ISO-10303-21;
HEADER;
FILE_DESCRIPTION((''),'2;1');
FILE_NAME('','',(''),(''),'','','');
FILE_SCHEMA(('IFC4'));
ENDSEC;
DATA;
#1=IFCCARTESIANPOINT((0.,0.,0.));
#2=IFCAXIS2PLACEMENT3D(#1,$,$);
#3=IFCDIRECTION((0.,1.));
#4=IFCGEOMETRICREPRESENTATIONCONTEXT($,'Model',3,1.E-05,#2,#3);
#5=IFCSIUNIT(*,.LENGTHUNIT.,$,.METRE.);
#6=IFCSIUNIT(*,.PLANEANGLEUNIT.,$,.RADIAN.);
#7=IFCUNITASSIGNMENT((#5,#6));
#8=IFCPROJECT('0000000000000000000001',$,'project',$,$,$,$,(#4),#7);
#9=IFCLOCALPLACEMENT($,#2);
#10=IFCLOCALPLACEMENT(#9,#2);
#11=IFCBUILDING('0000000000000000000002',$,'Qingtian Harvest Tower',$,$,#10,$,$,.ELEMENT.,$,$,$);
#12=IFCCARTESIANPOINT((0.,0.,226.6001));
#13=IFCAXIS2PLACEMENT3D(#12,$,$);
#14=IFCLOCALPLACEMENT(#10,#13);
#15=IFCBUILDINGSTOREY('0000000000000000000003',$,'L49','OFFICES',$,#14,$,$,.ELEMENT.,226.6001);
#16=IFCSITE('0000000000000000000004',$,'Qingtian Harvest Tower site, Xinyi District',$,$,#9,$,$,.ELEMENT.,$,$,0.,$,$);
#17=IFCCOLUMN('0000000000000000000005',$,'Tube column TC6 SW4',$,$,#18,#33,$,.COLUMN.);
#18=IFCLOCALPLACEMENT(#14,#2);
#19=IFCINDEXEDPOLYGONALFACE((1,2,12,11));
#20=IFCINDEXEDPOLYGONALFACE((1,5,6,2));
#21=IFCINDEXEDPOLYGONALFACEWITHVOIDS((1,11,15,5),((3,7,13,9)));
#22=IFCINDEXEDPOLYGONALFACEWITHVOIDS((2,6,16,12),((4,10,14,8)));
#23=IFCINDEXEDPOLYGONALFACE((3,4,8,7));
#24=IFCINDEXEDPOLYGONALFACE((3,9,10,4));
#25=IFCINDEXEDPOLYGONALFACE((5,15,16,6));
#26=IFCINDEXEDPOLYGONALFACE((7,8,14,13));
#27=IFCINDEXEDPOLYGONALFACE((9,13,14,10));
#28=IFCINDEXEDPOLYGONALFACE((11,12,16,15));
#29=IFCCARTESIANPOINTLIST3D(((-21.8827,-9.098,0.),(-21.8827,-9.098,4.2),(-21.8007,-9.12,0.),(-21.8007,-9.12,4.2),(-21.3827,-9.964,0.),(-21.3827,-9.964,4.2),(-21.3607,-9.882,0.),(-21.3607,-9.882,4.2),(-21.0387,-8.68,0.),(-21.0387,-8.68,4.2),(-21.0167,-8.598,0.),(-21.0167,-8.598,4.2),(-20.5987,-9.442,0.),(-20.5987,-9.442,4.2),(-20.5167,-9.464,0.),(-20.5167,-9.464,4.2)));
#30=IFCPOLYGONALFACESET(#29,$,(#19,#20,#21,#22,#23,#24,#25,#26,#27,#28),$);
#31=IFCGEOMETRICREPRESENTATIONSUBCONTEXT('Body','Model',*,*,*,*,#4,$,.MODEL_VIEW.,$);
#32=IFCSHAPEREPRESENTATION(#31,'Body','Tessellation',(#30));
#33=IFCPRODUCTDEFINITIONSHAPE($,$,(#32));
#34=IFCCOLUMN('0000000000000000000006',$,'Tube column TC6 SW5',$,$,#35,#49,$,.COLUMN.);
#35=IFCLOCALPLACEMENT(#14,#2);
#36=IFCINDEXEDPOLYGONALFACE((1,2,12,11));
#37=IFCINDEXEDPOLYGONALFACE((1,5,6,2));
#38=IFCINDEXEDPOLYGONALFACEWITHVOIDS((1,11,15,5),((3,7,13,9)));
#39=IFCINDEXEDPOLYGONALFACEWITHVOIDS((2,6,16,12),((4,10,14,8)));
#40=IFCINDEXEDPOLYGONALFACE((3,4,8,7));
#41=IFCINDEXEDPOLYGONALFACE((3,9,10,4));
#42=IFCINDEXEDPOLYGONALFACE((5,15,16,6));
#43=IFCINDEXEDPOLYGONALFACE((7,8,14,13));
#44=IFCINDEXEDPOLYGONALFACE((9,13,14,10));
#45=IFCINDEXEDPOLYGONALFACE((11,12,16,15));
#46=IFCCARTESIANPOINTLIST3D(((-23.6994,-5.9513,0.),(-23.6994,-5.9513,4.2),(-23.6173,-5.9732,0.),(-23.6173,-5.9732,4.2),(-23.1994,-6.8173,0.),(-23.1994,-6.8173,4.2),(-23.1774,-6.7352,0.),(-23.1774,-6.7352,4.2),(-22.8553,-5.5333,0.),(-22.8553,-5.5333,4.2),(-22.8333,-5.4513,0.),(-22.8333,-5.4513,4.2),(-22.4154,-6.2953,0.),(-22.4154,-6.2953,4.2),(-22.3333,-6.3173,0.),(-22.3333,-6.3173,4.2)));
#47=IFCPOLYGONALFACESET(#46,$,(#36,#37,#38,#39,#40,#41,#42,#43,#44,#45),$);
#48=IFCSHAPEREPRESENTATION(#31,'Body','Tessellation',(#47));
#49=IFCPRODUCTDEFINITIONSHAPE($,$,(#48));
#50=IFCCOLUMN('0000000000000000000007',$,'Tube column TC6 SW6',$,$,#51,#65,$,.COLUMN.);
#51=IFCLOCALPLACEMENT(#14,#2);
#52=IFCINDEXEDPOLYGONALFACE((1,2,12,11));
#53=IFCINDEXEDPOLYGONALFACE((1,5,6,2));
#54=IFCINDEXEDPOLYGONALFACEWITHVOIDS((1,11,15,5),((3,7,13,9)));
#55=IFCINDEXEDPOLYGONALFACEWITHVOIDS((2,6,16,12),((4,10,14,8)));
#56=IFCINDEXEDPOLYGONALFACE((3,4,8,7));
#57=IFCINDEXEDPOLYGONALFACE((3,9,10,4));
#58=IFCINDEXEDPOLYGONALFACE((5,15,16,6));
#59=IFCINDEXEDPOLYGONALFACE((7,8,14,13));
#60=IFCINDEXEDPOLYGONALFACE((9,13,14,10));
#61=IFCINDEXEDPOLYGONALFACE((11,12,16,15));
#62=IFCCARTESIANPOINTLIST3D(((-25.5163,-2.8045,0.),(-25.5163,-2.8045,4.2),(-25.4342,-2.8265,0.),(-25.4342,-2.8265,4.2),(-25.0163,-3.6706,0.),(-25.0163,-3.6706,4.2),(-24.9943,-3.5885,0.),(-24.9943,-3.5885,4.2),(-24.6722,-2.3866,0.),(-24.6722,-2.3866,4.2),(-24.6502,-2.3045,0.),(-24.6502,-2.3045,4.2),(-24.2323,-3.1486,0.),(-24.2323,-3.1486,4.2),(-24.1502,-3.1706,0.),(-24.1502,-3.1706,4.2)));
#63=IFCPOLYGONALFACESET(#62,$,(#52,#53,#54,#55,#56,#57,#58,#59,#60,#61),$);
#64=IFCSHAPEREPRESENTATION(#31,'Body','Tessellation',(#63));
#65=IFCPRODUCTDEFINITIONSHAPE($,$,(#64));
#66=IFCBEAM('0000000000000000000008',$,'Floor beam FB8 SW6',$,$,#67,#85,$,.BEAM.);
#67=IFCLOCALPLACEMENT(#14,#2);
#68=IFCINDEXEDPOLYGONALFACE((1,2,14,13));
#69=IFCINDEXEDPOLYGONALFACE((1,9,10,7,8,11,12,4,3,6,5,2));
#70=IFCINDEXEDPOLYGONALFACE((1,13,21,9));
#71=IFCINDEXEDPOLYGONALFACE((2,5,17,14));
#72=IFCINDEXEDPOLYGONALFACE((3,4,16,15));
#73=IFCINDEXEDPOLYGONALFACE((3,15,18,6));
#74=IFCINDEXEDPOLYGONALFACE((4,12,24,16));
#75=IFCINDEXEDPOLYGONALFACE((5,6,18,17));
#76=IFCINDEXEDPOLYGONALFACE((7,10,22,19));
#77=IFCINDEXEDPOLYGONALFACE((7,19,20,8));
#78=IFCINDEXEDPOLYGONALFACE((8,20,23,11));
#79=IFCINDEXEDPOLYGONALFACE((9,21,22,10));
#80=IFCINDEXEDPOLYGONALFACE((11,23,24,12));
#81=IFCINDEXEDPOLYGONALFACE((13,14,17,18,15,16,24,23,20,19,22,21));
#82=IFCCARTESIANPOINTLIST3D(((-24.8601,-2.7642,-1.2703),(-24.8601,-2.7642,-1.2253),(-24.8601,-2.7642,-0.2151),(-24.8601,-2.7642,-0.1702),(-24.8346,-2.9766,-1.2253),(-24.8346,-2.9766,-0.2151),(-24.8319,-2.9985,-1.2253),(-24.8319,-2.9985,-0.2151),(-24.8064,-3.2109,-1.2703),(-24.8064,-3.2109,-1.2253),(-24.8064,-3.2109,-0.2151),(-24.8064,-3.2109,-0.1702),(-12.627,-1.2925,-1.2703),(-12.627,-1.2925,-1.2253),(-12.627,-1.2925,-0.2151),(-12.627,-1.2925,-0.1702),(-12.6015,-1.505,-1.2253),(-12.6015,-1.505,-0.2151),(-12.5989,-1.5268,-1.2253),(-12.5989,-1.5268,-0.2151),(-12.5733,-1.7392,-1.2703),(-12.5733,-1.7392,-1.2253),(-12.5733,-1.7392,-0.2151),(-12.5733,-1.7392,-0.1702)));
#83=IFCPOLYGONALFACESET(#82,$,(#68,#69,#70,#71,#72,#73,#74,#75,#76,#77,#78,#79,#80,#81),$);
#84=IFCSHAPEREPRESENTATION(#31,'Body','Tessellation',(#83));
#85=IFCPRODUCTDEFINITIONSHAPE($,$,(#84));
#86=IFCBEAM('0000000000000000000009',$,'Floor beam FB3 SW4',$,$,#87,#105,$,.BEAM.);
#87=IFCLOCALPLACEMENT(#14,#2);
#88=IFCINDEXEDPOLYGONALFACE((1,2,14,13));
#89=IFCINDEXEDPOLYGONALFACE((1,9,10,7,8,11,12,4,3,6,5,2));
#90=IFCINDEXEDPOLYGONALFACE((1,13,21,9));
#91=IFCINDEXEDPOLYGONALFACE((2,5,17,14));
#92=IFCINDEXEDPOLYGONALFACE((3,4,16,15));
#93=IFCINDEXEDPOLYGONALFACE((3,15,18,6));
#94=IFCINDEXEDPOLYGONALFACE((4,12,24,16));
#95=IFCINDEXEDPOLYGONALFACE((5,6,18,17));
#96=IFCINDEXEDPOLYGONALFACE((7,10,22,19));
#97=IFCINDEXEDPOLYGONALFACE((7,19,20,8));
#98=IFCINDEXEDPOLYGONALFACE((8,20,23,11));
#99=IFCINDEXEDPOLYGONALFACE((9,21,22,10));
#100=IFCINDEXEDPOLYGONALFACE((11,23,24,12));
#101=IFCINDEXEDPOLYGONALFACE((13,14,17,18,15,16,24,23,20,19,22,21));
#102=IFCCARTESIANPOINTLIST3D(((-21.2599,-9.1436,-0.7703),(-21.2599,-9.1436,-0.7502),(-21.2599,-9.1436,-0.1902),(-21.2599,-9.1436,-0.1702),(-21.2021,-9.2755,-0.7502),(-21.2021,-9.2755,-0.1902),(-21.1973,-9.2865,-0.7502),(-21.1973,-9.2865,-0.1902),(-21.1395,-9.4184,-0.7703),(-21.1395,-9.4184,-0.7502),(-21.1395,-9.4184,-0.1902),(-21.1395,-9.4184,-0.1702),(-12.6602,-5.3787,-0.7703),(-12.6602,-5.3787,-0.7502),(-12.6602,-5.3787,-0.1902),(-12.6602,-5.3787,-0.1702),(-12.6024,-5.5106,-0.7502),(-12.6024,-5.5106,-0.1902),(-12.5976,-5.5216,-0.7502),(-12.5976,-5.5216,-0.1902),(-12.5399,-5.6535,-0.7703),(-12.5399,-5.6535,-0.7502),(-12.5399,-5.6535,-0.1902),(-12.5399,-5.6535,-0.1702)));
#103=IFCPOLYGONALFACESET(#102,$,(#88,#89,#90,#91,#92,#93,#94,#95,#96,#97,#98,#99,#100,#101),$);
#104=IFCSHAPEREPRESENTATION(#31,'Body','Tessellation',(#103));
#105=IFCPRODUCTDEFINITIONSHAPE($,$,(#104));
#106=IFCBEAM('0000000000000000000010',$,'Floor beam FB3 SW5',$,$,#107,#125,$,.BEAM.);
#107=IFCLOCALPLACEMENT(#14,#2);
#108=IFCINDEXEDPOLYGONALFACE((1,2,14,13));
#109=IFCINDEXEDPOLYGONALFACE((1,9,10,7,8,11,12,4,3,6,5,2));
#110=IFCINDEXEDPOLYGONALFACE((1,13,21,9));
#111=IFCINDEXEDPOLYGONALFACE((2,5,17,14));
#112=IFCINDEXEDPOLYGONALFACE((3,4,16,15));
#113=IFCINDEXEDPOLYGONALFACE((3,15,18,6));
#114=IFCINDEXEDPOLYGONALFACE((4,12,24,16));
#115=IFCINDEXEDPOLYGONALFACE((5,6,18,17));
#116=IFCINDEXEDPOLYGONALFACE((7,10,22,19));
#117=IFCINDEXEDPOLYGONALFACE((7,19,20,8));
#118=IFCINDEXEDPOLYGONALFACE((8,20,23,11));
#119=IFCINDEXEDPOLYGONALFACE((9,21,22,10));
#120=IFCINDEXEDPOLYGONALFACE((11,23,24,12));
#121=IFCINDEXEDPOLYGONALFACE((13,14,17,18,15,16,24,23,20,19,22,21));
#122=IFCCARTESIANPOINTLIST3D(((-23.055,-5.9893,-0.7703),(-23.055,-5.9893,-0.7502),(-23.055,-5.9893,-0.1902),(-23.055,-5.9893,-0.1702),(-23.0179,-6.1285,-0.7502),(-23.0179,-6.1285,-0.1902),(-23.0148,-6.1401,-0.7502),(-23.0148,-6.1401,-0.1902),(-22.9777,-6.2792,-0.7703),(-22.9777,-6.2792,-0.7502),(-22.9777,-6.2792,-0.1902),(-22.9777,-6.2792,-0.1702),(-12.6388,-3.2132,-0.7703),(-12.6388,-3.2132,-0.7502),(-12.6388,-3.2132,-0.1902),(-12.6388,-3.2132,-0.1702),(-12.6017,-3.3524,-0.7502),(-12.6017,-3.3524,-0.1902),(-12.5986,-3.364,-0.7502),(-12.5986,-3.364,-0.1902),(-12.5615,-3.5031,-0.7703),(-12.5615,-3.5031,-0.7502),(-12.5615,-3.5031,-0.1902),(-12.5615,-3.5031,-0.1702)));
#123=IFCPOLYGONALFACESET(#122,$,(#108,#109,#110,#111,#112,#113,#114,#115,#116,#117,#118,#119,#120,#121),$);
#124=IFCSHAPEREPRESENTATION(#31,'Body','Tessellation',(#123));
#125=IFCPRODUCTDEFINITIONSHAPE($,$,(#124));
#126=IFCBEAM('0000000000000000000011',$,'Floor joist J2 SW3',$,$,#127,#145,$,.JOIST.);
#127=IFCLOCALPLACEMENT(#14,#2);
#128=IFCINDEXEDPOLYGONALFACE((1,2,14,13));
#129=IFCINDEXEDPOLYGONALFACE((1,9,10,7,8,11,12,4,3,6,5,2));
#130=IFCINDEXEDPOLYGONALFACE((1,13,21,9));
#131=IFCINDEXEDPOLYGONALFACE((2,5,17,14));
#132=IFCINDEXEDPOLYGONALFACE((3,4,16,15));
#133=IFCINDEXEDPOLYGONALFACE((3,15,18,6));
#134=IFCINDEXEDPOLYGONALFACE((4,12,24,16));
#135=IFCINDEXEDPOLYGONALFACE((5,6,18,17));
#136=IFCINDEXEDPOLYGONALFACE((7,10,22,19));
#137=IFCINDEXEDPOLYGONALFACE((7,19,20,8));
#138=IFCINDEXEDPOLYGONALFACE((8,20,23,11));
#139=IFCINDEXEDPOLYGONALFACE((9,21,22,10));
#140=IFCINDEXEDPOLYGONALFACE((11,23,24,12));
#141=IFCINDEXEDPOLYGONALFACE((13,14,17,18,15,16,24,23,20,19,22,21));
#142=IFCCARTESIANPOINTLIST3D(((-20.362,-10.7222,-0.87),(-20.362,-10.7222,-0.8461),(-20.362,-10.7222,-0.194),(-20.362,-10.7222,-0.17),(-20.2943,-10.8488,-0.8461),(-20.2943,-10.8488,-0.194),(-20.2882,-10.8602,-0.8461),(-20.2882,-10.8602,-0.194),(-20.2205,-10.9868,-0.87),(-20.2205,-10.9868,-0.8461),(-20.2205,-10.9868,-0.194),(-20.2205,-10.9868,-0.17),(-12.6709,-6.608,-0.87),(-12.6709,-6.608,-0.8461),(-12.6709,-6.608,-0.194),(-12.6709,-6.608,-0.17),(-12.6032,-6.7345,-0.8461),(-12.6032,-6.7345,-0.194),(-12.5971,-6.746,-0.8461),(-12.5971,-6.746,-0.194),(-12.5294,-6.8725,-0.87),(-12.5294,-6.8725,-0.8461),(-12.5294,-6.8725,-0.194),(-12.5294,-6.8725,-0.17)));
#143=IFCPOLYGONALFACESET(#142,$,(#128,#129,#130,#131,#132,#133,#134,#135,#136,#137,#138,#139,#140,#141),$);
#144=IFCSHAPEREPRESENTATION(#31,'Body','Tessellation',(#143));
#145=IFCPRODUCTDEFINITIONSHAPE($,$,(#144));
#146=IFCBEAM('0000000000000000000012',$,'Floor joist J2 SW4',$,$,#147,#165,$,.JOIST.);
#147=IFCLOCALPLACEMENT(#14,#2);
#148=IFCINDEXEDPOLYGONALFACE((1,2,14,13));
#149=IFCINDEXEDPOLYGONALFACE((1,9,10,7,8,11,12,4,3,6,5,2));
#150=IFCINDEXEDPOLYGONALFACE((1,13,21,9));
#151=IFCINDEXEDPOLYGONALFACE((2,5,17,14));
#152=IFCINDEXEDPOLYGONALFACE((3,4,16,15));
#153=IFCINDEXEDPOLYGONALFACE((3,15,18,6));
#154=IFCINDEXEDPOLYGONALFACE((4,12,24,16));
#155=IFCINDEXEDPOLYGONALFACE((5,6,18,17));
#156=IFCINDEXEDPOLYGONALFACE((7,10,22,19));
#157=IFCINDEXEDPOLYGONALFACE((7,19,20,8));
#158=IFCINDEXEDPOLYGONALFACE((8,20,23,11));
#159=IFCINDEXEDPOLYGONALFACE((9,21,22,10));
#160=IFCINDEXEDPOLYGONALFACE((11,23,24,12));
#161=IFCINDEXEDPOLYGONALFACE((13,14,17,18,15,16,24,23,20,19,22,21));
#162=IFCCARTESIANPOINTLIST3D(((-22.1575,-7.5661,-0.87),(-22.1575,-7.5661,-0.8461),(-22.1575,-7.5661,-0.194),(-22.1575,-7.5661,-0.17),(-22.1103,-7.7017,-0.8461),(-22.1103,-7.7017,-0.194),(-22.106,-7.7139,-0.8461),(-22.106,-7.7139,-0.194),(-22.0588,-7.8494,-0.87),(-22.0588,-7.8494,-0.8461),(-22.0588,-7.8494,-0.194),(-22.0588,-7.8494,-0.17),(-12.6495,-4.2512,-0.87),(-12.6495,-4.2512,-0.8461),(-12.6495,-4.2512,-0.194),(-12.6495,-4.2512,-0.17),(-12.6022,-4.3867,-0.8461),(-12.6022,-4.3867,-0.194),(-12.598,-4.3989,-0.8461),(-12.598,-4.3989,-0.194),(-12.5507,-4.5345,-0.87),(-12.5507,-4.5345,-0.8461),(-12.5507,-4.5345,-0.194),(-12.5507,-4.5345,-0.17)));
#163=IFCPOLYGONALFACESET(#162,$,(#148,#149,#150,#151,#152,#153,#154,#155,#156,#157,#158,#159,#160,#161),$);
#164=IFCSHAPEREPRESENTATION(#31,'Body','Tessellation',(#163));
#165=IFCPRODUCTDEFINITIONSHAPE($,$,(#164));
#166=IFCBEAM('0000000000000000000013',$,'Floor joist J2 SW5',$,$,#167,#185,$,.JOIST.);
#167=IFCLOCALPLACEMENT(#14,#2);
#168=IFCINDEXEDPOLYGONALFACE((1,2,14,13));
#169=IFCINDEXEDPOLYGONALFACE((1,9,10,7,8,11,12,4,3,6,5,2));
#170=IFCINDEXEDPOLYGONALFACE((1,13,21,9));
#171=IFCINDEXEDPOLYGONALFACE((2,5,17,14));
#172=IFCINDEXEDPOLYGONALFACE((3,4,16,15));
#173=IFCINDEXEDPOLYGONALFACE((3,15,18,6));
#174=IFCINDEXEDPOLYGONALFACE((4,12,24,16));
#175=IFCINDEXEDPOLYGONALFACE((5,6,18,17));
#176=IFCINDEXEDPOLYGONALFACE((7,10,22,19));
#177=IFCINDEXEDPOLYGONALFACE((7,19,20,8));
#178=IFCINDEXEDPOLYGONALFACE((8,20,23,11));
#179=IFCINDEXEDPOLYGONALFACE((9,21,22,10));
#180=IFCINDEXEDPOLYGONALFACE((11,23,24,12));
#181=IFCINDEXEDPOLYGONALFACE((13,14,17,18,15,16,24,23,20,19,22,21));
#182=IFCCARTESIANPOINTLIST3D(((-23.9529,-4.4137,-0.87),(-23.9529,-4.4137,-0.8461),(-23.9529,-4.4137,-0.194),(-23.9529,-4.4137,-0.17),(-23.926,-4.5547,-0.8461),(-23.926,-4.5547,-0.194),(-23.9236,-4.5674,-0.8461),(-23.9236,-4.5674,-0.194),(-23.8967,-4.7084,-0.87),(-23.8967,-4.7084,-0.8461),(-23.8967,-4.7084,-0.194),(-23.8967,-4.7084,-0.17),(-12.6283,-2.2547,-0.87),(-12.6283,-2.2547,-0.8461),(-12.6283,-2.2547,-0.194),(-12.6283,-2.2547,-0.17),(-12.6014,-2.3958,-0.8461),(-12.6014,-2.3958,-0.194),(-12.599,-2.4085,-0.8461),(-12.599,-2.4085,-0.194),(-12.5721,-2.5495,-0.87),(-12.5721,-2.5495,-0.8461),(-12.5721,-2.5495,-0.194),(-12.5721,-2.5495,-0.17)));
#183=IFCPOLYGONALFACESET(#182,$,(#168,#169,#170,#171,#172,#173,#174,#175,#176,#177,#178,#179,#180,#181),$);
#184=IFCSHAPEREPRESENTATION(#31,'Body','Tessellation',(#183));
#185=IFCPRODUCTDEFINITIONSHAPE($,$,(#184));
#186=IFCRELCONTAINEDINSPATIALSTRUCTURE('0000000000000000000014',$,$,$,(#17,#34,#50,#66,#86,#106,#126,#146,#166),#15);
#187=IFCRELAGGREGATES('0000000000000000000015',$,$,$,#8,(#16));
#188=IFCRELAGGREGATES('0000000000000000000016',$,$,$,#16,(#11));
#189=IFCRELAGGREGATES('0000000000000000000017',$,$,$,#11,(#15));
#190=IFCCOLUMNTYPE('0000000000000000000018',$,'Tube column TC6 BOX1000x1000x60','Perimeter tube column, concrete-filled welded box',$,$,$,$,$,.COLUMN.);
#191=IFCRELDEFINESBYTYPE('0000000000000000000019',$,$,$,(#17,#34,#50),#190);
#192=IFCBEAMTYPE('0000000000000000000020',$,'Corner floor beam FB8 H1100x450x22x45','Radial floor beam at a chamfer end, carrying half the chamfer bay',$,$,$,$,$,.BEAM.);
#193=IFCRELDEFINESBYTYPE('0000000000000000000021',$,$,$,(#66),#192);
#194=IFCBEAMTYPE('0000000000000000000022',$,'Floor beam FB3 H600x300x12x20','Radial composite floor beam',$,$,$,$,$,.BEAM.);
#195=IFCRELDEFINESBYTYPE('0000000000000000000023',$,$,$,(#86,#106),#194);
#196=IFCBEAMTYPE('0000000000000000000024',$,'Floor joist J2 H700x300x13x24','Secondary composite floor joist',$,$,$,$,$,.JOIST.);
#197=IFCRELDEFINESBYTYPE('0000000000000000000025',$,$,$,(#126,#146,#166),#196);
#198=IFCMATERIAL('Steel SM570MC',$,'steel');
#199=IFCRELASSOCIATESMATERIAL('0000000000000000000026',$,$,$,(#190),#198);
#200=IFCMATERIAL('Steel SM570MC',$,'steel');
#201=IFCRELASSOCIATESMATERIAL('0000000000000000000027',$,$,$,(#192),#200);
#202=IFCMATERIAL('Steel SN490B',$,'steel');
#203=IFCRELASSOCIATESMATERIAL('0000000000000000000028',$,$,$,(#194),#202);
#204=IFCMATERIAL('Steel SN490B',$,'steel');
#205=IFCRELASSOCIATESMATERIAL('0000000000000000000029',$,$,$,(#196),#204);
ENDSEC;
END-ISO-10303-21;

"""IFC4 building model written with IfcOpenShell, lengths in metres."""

from ifc_helpers import new_model, si_unit, direction, frame, origin, origin_2d, place, context, subcontext, project, spatial, hollow_rectangle, i_section, extrude, material, material_profile, profile_set, type_object, element, save


model = new_model("IFC4")

# Units and contexts
model_context = context("Model", 3, precision=1e-05, world=origin(), true_north=direction((0.0, 1.0)))
body_context = subcontext(model_context, "Body", "Model", "MODEL_VIEW")
ifc_project = project(units=[si_unit("LENGTHUNIT", "METRE"), si_unit("PLANEANGLEUNIT", "RADIAN")], contexts=[model_context])

# Site, building, storey
site_placement = place(None, origin())
site = spatial("IfcSite", under=ifc_project, at=site_placement, Name="Qingtian Harvest Tower site, Xinyi District", CompositionType="ELEMENT", RefElevation=0.0)
building_placement = place(site_placement, origin())
building = spatial("IfcBuilding", under=site, at=building_placement, Name="Qingtian Harvest Tower", CompositionType="ELEMENT")
storey_placement = place(building_placement, frame((0.0, 0.0, 226.6001)))
storey = spatial("IfcBuildingStorey", under=building, at=storey_placement, Name="L49", Description="OFFICES", CompositionType="ELEMENT", Elevation=226.6001)

# Columns
ifc_material_1 = material(Name="Steel SM570MC", Category="steel")
ifc_material_profile_1 = material_profile(ifc_material_1, hollow_rectangle(XDim=1.0, YDim=1.0, WallThickness=0.0601, at=origin_2d()), Name="BOX1000x1000x60")
ifc_profile_set_1 = profile_set([ifc_material_profile_1], Name="Steel SM570MC")
column_type = type_object("IfcColumnType", Name="Tube column TC6 BOX1000x1000x60", Description="Perimeter tube column, concrete-filled welded box", PredefinedType="COLUMN", material=ifc_profile_set_1)
for number, where, z_axis, x_axis, name in (
    (1, (-21.1997, -9.281, 0.0), (0.0, 0.0, 1.0), (0.5, -0.866025, 0.0), "Tube column TC6 SW4"),
    (2, (-23.0164, -6.1343, 0.0), (0.0, 0.0, 1.0), (0.5, -0.866025, 0.0), "Tube column TC6 SW5"),
    (3, (-24.8333, -2.9875, 0.0), (0.0, 0.0, 1.0), (0.5, -0.866025, 0.0), "Tube column TC6 SW6"),
):
    element("IfcColumn", number, at=place(storey_placement, frame(where, z_axis=z_axis, x_axis=x_axis)), inside=storey, type_object=column_type, Name=name, PredefinedType="COLUMN", context=body_context, shape_type="SweptSolid", body=[
        extrude(hollow_rectangle(XDim=1.0, YDim=1.0, WallThickness=0.0601, at=origin_2d()), origin(), (0.0, 0.0, 1.0), 4.2),
    ])

# Beams
ifc_material_2 = material(Name="Steel SM570MC", Category="steel")
ifc_material_profile_2 = material_profile(ifc_material_2, i_section(OverallWidth=0.45, OverallDepth=1.1001, WebThickness=0.022, FlangeThickness=0.0449, at=origin_2d()), Name="H1100x450x22x45")
ifc_profile_set_2 = profile_set([ifc_material_profile_2], Name="Steel SM570MC")
beam_type_1 = type_object("IfcBeamType", Name="Corner floor beam FB8 H1100x450x22x45", Description="Radial floor beam at a chamfer end, carrying half the chamfer bay", PredefinedType="BEAM", material=ifc_profile_set_2)
beam_1_placement = place(storey_placement, frame((-24.8333, -2.9875, -0.7202), z_axis=(0.992841, 0.119441, 0.0), x_axis=(-0.119441, 0.992841, 0.0)))
element("IfcBeam", 4, at=beam_1_placement, inside=storey, type_object=beam_type_1, Name="Floor beam FB8 SW6", PredefinedType="BEAM", context=body_context, shape_type="SweptSolid", body=[
    extrude(i_section(OverallWidth=0.45, OverallDepth=1.1001, WebThickness=0.022, FlangeThickness=0.0449, at=origin_2d()), origin(), (0.0, 0.0, 1.0), 12.3213),
])
ifc_material_3 = material(Name="Steel SN490B", Category="steel")
ifc_material_profile_3 = material_profile(ifc_material_3, i_section(OverallWidth=0.3, OverallDepth=0.6001, WebThickness=0.012, FlangeThickness=0.02, at=origin_2d()), Name="H600x300x12x20")
ifc_profile_set_3 = profile_set([ifc_material_profile_3], Name="Steel SN490B")
beam_type_2 = type_object("IfcBeamType", Name="Floor beam FB3 H600x300x12x20", Description="Radial composite floor beam", PredefinedType="BEAM", material=ifc_profile_set_3)
beam_2_placement = place(storey_placement, frame((-21.1997, -9.281, -0.4702), z_axis=(0.916057, 0.401048, 0.0), x_axis=(-0.401048, 0.916057, 0.0)))
element("IfcBeam", 5, at=beam_2_placement, inside=storey, type_object=beam_type_2, Name="Floor beam FB3 SW4", PredefinedType="BEAM", context=body_context, shape_type="SweptSolid", body=[
    extrude(i_section(OverallWidth=0.3, OverallDepth=0.6001, WebThickness=0.012, FlangeThickness=0.02, at=origin_2d()), origin(), (0.0, 0.0, 1.0), 9.3877),
])
beam_3_placement = place(storey_placement, frame((-23.0164, -6.1343, -0.4702), z_axis=(0.966271, 0.257529, 0.0), x_axis=(-0.257529, 0.966271, 0.0)))
element("IfcBeam", 6, at=beam_3_placement, inside=storey, type_object=beam_type_2, Name="Floor beam FB3 SW5", PredefinedType="BEAM", context=body_context, shape_type="SweptSolid", body=[
    extrude(i_section(OverallWidth=0.3, OverallDepth=0.6001, WebThickness=0.012, FlangeThickness=0.02, at=origin_2d()), origin(), (0.0, 0.0, 1.0), 10.7798),
])
ifc_material_4 = material(Name="Steel SN490B", Category="steel")
ifc_material_profile_4 = material_profile(ifc_material_4, i_section(OverallWidth=0.3, OverallDepth=0.7, WebThickness=0.0129, FlangeThickness=0.0239, at=origin_2d()), Name="H700x300x13x24")
ifc_profile_set_4 = profile_set([ifc_material_profile_4], Name="Steel SN490B")
beam_type_3 = type_object("IfcBeamType", Name="Floor joist J2 H700x300x13x24", Description="Secondary composite floor joist", PredefinedType="JOIST", material=ifc_profile_set_4)
beam_4_placement = place(storey_placement, frame((-20.2913, -10.8545, -0.52), z_axis=(0.881767, 0.471686, 0.0), x_axis=(-0.471686, 0.881767, 0.0)))
element("IfcBeam", 7, at=beam_4_placement, inside=storey, type_object=beam_type_3, Name="Floor joist J2 SW3", PredefinedType="JOIST", context=body_context, shape_type="SweptSolid", body=[
    extrude(i_section(OverallWidth=0.3, OverallDepth=0.7, WebThickness=0.0129, FlangeThickness=0.0239, at=origin_2d()), origin(), (0.0, 0.0, 1.0), 8.7224),
])
beam_5_placement = place(storey_placement, frame((-22.1082, -7.7078, -0.52), z_axis=(0.944256, 0.329211, 0.0), x_axis=(-0.329211, 0.944256, 0.0)))
element("IfcBeam", 8, at=beam_5_placement, inside=storey, type_object=beam_type_3, Name="Floor joist J2 SW4", PredefinedType="JOIST", context=body_context, shape_type="SweptSolid", body=[
    extrude(i_section(OverallWidth=0.3, OverallDepth=0.7, WebThickness=0.0129, FlangeThickness=0.0239, at=origin_2d()), origin(), (0.0, 0.0, 1.0), 10.0693),
])
beam_6_placement = place(storey_placement, frame((-23.9248, -4.561, -0.52), z_axis=(0.982309, 0.187267, 0.0), x_axis=(-0.187267, 0.982309, 0.0)))
element("IfcBeam", 9, at=beam_6_placement, inside=storey, type_object=beam_type_3, Name="Floor joist J2 SW5", PredefinedType="JOIST", context=body_context, shape_type="SweptSolid", body=[
    extrude(i_section(OverallWidth=0.3, OverallDepth=0.7, WebThickness=0.0129, FlangeThickness=0.0239, at=origin_2d()), origin(), (0.0, 0.0, 1.0), 11.5286),
])

save(model, "model.ifc")
